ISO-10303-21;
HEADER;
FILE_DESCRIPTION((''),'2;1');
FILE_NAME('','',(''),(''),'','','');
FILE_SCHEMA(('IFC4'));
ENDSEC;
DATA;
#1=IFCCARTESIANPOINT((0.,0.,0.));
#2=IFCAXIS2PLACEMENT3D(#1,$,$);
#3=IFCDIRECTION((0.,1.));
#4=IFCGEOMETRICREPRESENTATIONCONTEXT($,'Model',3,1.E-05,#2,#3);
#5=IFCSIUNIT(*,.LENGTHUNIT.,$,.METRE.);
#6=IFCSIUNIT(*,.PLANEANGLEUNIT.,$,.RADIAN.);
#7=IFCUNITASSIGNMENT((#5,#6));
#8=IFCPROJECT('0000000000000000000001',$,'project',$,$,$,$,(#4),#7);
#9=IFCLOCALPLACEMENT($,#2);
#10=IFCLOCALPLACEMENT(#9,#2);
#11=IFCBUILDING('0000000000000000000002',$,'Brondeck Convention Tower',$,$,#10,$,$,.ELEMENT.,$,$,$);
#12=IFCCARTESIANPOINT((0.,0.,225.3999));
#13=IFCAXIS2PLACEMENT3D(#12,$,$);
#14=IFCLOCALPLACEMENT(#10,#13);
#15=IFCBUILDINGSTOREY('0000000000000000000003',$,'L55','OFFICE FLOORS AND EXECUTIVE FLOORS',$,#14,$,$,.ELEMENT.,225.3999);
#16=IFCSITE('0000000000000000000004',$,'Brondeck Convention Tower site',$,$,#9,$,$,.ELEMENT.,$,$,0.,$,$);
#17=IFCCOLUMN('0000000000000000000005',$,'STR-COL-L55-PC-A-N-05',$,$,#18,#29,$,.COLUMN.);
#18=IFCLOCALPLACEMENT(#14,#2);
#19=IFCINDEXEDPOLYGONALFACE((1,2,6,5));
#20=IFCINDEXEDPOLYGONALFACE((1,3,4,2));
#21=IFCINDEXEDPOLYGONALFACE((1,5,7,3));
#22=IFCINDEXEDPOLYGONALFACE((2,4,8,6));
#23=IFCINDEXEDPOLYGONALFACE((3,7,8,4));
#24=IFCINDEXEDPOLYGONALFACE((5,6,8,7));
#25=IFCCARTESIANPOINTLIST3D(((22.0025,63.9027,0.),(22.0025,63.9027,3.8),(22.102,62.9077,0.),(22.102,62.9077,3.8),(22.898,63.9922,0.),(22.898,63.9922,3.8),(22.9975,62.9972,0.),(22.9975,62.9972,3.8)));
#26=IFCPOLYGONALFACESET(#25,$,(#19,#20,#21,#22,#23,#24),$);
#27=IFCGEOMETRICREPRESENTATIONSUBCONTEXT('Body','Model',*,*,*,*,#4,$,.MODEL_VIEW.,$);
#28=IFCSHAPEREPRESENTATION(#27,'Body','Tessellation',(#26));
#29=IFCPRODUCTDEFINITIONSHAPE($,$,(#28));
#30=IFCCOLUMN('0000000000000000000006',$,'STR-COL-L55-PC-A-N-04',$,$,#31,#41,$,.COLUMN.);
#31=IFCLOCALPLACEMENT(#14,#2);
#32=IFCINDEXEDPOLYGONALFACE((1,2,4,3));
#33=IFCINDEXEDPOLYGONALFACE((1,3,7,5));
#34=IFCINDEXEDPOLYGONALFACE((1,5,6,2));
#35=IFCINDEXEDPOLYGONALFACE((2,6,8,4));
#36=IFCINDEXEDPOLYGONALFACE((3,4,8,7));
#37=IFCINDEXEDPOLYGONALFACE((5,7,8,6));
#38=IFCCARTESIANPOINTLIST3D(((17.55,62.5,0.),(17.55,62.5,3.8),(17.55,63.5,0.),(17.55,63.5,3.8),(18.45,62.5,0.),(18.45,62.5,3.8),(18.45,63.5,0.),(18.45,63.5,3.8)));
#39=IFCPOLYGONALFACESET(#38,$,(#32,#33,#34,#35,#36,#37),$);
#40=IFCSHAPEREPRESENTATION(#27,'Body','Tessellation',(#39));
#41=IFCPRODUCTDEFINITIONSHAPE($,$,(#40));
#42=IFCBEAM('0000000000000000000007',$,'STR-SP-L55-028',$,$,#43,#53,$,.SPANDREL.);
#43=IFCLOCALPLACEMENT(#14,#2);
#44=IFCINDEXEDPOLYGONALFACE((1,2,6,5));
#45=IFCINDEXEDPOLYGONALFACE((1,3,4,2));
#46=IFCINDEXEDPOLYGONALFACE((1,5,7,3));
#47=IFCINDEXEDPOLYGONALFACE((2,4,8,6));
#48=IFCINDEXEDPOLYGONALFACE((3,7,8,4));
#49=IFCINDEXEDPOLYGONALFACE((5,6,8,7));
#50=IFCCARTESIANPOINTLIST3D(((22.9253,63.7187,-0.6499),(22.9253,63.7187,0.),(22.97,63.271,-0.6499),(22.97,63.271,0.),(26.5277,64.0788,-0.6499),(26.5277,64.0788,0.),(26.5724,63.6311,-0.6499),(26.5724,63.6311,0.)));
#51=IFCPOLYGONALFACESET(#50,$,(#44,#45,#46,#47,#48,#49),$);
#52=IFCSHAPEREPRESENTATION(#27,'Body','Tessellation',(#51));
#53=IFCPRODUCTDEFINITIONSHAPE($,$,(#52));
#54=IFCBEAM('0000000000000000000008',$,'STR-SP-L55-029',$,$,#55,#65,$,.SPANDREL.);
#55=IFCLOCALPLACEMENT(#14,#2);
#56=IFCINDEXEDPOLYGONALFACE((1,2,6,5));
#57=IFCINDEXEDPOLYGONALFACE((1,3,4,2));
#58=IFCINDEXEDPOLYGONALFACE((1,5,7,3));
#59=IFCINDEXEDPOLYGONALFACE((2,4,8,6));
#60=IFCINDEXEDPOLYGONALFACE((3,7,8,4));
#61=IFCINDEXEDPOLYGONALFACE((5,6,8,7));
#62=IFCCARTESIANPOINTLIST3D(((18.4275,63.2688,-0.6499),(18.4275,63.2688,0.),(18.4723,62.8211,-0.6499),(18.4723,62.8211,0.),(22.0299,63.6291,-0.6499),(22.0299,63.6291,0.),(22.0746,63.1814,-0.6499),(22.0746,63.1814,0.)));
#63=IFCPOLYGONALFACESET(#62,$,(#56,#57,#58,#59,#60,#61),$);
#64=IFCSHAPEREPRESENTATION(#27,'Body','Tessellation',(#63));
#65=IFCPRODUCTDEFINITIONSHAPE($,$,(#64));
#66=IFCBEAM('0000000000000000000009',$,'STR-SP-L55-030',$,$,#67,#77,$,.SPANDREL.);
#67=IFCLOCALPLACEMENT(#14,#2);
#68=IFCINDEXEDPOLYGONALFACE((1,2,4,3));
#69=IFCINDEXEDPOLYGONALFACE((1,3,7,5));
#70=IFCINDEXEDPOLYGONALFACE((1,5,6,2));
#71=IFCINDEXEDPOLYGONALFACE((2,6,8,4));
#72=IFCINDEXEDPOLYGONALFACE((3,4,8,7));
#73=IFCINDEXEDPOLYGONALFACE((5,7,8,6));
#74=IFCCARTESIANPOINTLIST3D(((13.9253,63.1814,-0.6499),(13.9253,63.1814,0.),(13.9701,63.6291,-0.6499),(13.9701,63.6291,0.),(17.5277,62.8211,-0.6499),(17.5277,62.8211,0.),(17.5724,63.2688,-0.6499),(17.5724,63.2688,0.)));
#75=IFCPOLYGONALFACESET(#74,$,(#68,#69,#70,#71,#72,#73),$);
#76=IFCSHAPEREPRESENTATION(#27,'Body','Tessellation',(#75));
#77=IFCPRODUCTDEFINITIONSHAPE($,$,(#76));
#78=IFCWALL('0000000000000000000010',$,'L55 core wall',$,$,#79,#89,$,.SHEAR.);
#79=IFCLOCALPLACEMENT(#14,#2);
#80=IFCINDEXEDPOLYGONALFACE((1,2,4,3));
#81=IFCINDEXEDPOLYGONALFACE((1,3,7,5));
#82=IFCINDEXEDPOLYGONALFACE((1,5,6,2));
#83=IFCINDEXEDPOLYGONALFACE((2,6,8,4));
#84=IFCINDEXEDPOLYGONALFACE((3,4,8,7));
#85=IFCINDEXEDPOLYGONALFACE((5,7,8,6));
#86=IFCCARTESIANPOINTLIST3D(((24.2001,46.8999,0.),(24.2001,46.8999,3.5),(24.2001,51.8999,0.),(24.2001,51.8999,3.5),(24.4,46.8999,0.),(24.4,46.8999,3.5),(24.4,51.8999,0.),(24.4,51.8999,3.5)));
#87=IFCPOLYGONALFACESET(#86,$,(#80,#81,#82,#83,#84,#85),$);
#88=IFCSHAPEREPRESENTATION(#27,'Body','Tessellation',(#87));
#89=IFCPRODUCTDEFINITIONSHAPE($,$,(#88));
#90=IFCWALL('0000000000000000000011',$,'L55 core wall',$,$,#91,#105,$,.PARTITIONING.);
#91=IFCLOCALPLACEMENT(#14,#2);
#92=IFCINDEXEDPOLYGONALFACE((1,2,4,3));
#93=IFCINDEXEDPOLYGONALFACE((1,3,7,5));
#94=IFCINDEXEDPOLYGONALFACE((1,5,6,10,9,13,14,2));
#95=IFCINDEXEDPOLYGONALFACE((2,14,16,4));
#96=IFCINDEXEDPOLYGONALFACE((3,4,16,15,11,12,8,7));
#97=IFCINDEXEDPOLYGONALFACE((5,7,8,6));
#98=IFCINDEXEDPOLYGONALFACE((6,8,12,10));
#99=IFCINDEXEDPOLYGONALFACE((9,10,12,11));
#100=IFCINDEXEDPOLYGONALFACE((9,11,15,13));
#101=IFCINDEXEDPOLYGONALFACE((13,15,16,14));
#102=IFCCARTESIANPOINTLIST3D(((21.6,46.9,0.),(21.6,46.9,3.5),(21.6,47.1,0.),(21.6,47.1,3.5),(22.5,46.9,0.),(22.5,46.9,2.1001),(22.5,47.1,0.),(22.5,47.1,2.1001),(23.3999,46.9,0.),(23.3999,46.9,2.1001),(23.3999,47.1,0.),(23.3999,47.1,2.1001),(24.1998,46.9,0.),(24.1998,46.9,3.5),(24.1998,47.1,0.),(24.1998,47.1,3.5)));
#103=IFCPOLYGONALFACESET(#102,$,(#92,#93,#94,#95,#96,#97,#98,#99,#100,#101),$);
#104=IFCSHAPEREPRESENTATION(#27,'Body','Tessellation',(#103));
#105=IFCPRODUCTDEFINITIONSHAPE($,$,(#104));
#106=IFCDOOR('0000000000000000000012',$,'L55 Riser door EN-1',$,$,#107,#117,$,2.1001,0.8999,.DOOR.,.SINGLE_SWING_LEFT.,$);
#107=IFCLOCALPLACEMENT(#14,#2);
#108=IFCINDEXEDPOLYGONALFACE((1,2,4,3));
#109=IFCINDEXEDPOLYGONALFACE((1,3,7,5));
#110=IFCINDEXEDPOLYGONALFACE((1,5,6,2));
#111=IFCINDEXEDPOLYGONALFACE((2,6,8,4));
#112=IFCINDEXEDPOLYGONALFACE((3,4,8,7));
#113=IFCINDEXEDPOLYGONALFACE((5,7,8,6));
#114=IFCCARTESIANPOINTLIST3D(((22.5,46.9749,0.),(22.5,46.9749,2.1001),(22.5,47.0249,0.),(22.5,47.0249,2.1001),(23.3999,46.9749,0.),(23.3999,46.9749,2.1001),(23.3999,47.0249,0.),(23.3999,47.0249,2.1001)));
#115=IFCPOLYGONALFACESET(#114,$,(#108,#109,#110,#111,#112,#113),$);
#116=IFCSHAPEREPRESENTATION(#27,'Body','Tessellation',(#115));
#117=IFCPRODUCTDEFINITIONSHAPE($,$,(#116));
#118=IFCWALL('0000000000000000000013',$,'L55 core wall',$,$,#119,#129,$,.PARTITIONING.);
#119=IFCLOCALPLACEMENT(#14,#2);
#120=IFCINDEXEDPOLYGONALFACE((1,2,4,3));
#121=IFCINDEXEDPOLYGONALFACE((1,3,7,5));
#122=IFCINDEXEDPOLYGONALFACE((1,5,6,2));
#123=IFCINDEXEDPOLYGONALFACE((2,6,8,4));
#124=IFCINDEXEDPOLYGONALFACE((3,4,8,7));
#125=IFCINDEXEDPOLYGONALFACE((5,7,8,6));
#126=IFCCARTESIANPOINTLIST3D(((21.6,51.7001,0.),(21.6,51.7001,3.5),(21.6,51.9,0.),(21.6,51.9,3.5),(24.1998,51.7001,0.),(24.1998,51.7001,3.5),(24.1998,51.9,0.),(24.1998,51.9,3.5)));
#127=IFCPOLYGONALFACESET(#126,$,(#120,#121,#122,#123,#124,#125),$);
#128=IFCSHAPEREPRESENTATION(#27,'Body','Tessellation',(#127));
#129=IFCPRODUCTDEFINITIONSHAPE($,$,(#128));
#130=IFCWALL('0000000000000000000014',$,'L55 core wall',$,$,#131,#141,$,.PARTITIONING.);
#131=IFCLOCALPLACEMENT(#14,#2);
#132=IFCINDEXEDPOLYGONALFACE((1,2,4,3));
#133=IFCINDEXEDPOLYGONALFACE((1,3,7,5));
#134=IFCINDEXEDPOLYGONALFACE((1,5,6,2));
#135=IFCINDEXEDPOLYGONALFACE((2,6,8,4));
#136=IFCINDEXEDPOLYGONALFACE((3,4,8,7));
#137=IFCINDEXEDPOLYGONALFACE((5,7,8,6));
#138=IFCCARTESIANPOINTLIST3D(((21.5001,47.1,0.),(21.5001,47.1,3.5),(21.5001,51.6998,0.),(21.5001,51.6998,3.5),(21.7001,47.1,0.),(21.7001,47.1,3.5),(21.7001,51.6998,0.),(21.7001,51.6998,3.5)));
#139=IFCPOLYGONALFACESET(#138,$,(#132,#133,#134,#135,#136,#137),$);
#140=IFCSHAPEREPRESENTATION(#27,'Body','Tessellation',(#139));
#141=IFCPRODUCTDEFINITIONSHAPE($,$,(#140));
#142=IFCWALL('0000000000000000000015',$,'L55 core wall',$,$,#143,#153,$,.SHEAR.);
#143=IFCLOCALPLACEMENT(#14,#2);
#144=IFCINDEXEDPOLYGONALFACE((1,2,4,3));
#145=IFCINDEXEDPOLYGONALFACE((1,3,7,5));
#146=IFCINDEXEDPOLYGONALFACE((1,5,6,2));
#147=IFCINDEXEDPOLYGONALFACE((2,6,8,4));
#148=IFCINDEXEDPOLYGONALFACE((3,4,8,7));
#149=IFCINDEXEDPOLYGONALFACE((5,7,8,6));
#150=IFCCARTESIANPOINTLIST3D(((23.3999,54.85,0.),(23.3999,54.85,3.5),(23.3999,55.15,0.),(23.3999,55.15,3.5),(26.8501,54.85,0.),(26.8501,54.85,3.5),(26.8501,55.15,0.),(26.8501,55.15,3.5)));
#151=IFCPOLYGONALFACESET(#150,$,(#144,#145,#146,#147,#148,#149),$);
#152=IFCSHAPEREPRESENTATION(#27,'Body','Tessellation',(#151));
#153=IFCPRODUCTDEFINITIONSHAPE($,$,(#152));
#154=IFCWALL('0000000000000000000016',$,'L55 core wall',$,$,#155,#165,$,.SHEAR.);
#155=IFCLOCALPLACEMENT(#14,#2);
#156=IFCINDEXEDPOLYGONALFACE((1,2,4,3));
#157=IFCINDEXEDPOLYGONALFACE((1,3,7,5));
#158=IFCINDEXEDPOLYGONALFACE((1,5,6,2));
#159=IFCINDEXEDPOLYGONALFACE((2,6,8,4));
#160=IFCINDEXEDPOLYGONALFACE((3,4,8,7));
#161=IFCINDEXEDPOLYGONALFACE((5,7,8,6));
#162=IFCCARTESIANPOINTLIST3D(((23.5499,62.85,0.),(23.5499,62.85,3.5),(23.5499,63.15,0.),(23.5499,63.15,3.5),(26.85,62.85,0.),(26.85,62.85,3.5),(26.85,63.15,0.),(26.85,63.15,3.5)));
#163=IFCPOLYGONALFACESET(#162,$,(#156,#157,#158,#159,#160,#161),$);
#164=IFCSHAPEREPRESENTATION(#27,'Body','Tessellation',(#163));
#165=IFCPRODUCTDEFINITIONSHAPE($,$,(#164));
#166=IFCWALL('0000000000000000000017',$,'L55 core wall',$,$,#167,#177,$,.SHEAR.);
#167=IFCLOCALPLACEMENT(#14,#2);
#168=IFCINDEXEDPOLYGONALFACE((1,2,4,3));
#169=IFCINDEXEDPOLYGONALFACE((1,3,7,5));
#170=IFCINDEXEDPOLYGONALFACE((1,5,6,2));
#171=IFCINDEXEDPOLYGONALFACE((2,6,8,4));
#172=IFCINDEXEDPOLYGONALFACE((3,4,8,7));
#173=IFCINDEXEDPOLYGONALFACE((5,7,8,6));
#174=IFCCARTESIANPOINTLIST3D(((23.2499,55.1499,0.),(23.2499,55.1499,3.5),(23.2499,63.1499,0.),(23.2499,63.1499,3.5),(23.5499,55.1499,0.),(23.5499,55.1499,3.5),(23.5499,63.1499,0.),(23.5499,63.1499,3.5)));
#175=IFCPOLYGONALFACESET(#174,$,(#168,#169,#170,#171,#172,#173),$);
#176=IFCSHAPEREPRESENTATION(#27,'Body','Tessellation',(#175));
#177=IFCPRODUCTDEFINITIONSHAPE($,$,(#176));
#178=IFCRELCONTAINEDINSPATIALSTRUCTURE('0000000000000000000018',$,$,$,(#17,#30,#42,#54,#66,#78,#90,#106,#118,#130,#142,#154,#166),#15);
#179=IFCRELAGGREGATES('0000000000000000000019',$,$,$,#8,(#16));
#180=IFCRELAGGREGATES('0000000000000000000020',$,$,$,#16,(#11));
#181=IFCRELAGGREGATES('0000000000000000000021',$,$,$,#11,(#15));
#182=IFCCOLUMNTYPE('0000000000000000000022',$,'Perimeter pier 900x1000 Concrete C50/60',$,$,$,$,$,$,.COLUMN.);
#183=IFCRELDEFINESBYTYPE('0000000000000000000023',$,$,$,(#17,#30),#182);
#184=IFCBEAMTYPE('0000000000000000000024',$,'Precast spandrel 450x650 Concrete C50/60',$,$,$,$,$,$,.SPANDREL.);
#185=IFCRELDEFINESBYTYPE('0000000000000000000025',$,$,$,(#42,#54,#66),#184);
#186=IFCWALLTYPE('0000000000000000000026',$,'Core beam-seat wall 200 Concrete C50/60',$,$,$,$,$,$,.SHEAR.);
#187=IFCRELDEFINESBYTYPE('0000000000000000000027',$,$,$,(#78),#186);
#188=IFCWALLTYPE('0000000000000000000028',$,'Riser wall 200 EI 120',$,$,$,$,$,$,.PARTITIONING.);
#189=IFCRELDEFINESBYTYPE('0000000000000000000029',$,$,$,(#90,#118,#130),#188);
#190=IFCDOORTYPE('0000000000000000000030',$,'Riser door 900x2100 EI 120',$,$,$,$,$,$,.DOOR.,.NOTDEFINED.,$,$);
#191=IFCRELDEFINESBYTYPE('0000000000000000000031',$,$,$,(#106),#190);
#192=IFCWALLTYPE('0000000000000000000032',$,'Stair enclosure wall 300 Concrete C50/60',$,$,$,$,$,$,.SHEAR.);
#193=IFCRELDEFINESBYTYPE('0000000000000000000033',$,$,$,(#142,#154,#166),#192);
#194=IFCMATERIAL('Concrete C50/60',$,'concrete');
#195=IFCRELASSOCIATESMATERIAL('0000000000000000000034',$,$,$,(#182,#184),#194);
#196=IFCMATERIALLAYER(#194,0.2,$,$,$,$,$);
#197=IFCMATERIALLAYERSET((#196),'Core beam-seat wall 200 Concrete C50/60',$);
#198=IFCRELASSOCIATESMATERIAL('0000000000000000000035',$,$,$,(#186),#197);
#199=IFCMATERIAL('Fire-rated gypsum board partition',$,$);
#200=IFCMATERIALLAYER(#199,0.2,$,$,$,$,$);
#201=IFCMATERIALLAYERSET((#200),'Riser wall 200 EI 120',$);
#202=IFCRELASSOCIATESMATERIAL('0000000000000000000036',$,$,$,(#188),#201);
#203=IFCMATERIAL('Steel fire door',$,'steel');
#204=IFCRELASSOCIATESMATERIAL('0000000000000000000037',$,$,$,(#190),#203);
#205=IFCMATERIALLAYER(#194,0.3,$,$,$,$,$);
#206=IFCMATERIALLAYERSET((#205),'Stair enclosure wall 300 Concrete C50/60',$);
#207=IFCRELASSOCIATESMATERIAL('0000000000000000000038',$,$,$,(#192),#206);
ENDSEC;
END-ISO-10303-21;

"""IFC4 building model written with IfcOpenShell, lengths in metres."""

from ifc_helpers import new_model, si_unit, direction, frame, frame_2d, origin, origin_2d, place, context, subcontext, project, spatial, rectangle, extrude, material, layer, layer_set, material_profile, profile_set, type_object, element, fill, save


model = new_model("IFC4")

# Units and contexts
model_context = context("Model", 3, precision=1e-05, world=origin(), true_north=direction((0.0, 1.0)))
body_context = subcontext(model_context, "Body", "Model", "MODEL_VIEW")
ifc_project = project(units=[si_unit("LENGTHUNIT", "METRE"), si_unit("PLANEANGLEUNIT", "RADIAN")], contexts=[model_context])

# Site, building, storey
site_placement = place(None, origin())
site = spatial("IfcSite", under=ifc_project, at=site_placement, Name="Brondeck Convention Tower site", CompositionType="ELEMENT", RefElevation=0.0)
building_placement = place(site_placement, origin())
building = spatial("IfcBuilding", under=site, at=building_placement, Name="Brondeck Convention Tower", CompositionType="ELEMENT")
storey_placement = place(building_placement, frame((0.0, 0.0, 225.3999)))
storey = spatial("IfcBuildingStorey", under=building, at=storey_placement, Name="L55", Description="OFFICE FLOORS AND EXECUTIVE FLOORS", CompositionType="ELEMENT", Elevation=225.3999)

# Columns
ifc_material_1 = material(Name="Concrete C50/60", Category="concrete")
ifc_material_profile_1 = material_profile(ifc_material_1, rectangle(XDim=0.8999, YDim=1.0, at=origin_2d()), Name="Perimeter pier 900x1000 Concrete C50/60")
ifc_profile_set_1 = profile_set([ifc_material_profile_1], Name="Concrete C50/60")
column_type = type_object("IfcColumnType", Name="Perimeter pier 900x1000 Concrete C50/60", PredefinedType="COLUMN", material=ifc_profile_set_1)
for number, where, z_axis, x_axis, name in (
    (1, (22.5, 63.45, 0.0), (0.0, 0.0, 1.0), (-0.995037, -0.099504, 0.0), "STR-COL-L55-PC-A-N-05"),
    (2, (18.0, 63.0, 0.0), (0.0, 0.0, 1.0), (-1.0, 0.0, 0.0), "STR-COL-L55-PC-A-N-04"),
):
    element("IfcColumn", number, at=place(storey_placement, frame(where, z_axis=z_axis, x_axis=x_axis)), inside=storey, type_object=column_type, Name=name, PredefinedType="COLUMN", context=body_context, shape_type="SweptSolid", body=[
        extrude(rectangle(XDim=0.8999, YDim=1.0, at=origin_2d()), origin(), (0.0, 0.0, 1.0), 3.8),
    ])

# Beams
ifc_material_profile_2 = material_profile(ifc_material_1, rectangle(XDim=0.45, YDim=0.6499, at=origin_2d()), Name="Precast spandrel 450x650 Concrete C50/60")
ifc_profile_set_2 = profile_set([ifc_material_profile_2], Name="Concrete C50/60")
beam_type = type_object("IfcBeamType", Name="Precast spandrel 450x650 Concrete C50/60", PredefinedType="SPANDREL", material=ifc_profile_set_2)
for number, where, z_axis, x_axis, name in (
    (3, (26.55, 63.855, -0.325), (-0.995041, -0.09947, 0.0), (0.09947, -0.995041, 0.0), "STR-SP-L55-028"),
    (4, (22.0522, 63.4053, -0.325), (-0.995034, -0.099537, 0.0), (0.099537, -0.995034, 0.0), "STR-SP-L55-029"),
    (5, (17.55, 63.0449, -0.325), (-0.995034, 0.099537, 0.0), (-0.099537, -0.995034, 0.0), "STR-SP-L55-030"),
):
    element("IfcBeam", number, at=place(storey_placement, frame(where, z_axis=z_axis, x_axis=x_axis)), inside=storey, type_object=beam_type, Name=name, PredefinedType="SPANDREL", context=body_context, shape_type="SweptSolid", body=[
        extrude(rectangle(XDim=0.45, YDim=0.6499, at=origin_2d()), origin(), (0.0, 0.0, 1.0), 3.6204),
    ])

# Wall
ifc_layer_1 = layer(ifc_material_1, 0.2)
ifc_layer_set_1 = layer_set([ifc_layer_1], Name="Core beam-seat wall 200 Concrete C50/60")
wall_type_1 = type_object("IfcWallType", Name="Core beam-seat wall 200 Concrete C50/60", PredefinedType="SHEAR", material=ifc_layer_set_1)
wall_1_placement = place(storey_placement, frame((24.3, 46.8999, 0.0), z_axis=(0.0, 0.0, 1.0), x_axis=(0.0, 1.0, 0.0)))
element("IfcWall", 6, at=wall_1_placement, inside=storey, type_object=wall_type_1, Name="L55 core wall", PredefinedType="SHEAR", context=body_context, shape_type="SweptSolid", body=[
    extrude(rectangle(XDim=5.0, YDim=0.2, at=frame_2d((2.5, 0.0))), origin(), (0.0, 0.0, 1.0), 3.5),
])

# Wall, opening, door
ifc_material_2 = material(Name="Fire-rated gypsum board partition")
ifc_layer_2 = layer(ifc_material_2, 0.2)
ifc_layer_set_2 = layer_set([ifc_layer_2], Name="Riser wall 200 EI 120")
wall_type_2 = type_object("IfcWallType", Name="Riser wall 200 EI 120", PredefinedType="PARTITIONING", material=ifc_layer_set_2)
wall_2_placement = place(storey_placement, frame((21.6001, 47.0, 0.0), z_axis=(0.0, 0.0, 1.0), x_axis=(1.0, 0.0, 0.0)))
wall_2 = element("IfcWall", 7, at=wall_2_placement, inside=storey, type_object=wall_type_2, Name="L55 core wall", PredefinedType="PARTITIONING", context=body_context, shape_type="SweptSolid", body=[
    extrude(rectangle(XDim=2.5999, YDim=0.2, at=frame_2d((1.2998, 0.0))), origin(), (0.0, 0.0, 1.0), 3.5),
])
opening_1_placement = place(wall_2_placement, frame((0.8999, 0.0, 0.0)))
opening_1 = element("IfcOpeningElement", 8, at=opening_1_placement, cuts=wall_2, PredefinedType="OPENING", context=body_context, shape_type="SweptSolid", body=[
    extrude(rectangle(XDim=0.8999, YDim=2.1001, at=frame_2d((0.45, 1.05))), frame((0.0, 0.1099, 0.0), z_axis=(0.0, -1.0, 0.0), x_axis=(1.0, 0.0, 0.0)), (0.0, 0.0, 1.0), 0.22),
])
ifc_material_3 = material(Name="Steel fire door", Category="steel")
door_type_1 = type_object("IfcDoorType", Name="Riser door 900x2100 EI 120", OperationType="NOTDEFINED", PredefinedType="DOOR", material=ifc_material_3)
door_1_placement = place(opening_1_placement, origin())
door_1 = element("IfcDoor", 9, at=door_1_placement, inside=storey, type_object=door_type_1, Name="L55 Riser door EN-1", OperationType="SINGLE_SWING_LEFT", OverallHeight=2.1001, OverallWidth=0.8999, PredefinedType="DOOR", context=body_context, shape_type="SweptSolid", body=[
    extrude(rectangle(XDim=0.8999, YDim=2.1001, at=frame_2d((0.45, 1.05))), frame((0.0, 0.0249, 0.0), z_axis=(0.0, -1.0, 0.0), x_axis=(1.0, 0.0, 0.0)), (0.0, 0.0, 1.0), 0.05),
])
fill(opening_1, door_1)

# Walls
wall_3_placement = place(storey_placement, frame((21.6001, 51.8, 0.0), z_axis=(0.0, 0.0, 1.0), x_axis=(1.0, 0.0, 0.0)))
element("IfcWall", 10, at=wall_3_placement, inside=storey, type_object=wall_type_2, Name="L55 core wall", PredefinedType="PARTITIONING", context=body_context, shape_type="SweptSolid", body=[
    extrude(rectangle(XDim=2.5999, YDim=0.2, at=frame_2d((1.2998, 0.0))), origin(), (0.0, 0.0, 1.0), 3.5),
])
wall_4_placement = place(storey_placement, frame((21.6001, 47.1001, 0.0), z_axis=(0.0, 0.0, 1.0), x_axis=(0.0, 1.0, 0.0)))
element("IfcWall", 11, at=wall_4_placement, inside=storey, type_object=wall_type_2, Name="L55 core wall", PredefinedType="PARTITIONING", context=body_context, shape_type="SweptSolid", body=[
    extrude(rectangle(XDim=4.5999, YDim=0.2, at=frame_2d((2.2998, 0.0))), origin(), (0.0, 0.0, 1.0), 3.5),
])
ifc_layer_3 = layer(ifc_material_1, 0.3)
ifc_layer_set_3 = layer_set([ifc_layer_3], Name="Stair enclosure wall 300 Concrete C50/60")
wall_type_3 = type_object("IfcWallType", Name="Stair enclosure wall 300 Concrete C50/60", PredefinedType="SHEAR", material=ifc_layer_set_3)
wall_5_placement = place(storey_placement, frame((23.3999, 55.0, 0.0), z_axis=(0.0, 0.0, 1.0), x_axis=(1.0, 0.0, 0.0)))
element("IfcWall", 12, at=wall_5_placement, inside=storey, type_object=wall_type_3, Name="L55 core wall", PredefinedType="SHEAR", context=body_context, shape_type="SweptSolid", body=[
    extrude(rectangle(XDim=3.4502, YDim=0.3, at=frame_2d((1.7251, 0.0))), origin(), (0.0, 0.0, 1.0), 3.5),
])
wall_6_placement = place(storey_placement, frame((23.55, 63.0, 0.0), z_axis=(0.0, 0.0, 1.0), x_axis=(1.0, 0.0, 0.0)))
element("IfcWall", 13, at=wall_6_placement, inside=storey, type_object=wall_type_3, Name="L55 core wall", PredefinedType="SHEAR", context=body_context, shape_type="SweptSolid", body=[
    extrude(rectangle(XDim=3.3, YDim=0.3, at=frame_2d((1.6499, 0.0))), origin(), (0.0, 0.0, 1.0), 3.5),
])
wall_7_placement = place(storey_placement, frame((23.3999, 55.1499, 0.0), z_axis=(0.0, 0.0, 1.0), x_axis=(0.0, 1.0, 0.0)))
element("IfcWall", 14, at=wall_7_placement, inside=storey, type_object=wall_type_3, Name="L55 core wall", PredefinedType="SHEAR", context=body_context, shape_type="SweptSolid", body=[
    extrude(rectangle(XDim=8.0, YDim=0.3, at=frame_2d((4.0, 0.0))), origin(), (0.0, 0.0, 1.0), 3.5),
])

save(model, "model.ifc")
